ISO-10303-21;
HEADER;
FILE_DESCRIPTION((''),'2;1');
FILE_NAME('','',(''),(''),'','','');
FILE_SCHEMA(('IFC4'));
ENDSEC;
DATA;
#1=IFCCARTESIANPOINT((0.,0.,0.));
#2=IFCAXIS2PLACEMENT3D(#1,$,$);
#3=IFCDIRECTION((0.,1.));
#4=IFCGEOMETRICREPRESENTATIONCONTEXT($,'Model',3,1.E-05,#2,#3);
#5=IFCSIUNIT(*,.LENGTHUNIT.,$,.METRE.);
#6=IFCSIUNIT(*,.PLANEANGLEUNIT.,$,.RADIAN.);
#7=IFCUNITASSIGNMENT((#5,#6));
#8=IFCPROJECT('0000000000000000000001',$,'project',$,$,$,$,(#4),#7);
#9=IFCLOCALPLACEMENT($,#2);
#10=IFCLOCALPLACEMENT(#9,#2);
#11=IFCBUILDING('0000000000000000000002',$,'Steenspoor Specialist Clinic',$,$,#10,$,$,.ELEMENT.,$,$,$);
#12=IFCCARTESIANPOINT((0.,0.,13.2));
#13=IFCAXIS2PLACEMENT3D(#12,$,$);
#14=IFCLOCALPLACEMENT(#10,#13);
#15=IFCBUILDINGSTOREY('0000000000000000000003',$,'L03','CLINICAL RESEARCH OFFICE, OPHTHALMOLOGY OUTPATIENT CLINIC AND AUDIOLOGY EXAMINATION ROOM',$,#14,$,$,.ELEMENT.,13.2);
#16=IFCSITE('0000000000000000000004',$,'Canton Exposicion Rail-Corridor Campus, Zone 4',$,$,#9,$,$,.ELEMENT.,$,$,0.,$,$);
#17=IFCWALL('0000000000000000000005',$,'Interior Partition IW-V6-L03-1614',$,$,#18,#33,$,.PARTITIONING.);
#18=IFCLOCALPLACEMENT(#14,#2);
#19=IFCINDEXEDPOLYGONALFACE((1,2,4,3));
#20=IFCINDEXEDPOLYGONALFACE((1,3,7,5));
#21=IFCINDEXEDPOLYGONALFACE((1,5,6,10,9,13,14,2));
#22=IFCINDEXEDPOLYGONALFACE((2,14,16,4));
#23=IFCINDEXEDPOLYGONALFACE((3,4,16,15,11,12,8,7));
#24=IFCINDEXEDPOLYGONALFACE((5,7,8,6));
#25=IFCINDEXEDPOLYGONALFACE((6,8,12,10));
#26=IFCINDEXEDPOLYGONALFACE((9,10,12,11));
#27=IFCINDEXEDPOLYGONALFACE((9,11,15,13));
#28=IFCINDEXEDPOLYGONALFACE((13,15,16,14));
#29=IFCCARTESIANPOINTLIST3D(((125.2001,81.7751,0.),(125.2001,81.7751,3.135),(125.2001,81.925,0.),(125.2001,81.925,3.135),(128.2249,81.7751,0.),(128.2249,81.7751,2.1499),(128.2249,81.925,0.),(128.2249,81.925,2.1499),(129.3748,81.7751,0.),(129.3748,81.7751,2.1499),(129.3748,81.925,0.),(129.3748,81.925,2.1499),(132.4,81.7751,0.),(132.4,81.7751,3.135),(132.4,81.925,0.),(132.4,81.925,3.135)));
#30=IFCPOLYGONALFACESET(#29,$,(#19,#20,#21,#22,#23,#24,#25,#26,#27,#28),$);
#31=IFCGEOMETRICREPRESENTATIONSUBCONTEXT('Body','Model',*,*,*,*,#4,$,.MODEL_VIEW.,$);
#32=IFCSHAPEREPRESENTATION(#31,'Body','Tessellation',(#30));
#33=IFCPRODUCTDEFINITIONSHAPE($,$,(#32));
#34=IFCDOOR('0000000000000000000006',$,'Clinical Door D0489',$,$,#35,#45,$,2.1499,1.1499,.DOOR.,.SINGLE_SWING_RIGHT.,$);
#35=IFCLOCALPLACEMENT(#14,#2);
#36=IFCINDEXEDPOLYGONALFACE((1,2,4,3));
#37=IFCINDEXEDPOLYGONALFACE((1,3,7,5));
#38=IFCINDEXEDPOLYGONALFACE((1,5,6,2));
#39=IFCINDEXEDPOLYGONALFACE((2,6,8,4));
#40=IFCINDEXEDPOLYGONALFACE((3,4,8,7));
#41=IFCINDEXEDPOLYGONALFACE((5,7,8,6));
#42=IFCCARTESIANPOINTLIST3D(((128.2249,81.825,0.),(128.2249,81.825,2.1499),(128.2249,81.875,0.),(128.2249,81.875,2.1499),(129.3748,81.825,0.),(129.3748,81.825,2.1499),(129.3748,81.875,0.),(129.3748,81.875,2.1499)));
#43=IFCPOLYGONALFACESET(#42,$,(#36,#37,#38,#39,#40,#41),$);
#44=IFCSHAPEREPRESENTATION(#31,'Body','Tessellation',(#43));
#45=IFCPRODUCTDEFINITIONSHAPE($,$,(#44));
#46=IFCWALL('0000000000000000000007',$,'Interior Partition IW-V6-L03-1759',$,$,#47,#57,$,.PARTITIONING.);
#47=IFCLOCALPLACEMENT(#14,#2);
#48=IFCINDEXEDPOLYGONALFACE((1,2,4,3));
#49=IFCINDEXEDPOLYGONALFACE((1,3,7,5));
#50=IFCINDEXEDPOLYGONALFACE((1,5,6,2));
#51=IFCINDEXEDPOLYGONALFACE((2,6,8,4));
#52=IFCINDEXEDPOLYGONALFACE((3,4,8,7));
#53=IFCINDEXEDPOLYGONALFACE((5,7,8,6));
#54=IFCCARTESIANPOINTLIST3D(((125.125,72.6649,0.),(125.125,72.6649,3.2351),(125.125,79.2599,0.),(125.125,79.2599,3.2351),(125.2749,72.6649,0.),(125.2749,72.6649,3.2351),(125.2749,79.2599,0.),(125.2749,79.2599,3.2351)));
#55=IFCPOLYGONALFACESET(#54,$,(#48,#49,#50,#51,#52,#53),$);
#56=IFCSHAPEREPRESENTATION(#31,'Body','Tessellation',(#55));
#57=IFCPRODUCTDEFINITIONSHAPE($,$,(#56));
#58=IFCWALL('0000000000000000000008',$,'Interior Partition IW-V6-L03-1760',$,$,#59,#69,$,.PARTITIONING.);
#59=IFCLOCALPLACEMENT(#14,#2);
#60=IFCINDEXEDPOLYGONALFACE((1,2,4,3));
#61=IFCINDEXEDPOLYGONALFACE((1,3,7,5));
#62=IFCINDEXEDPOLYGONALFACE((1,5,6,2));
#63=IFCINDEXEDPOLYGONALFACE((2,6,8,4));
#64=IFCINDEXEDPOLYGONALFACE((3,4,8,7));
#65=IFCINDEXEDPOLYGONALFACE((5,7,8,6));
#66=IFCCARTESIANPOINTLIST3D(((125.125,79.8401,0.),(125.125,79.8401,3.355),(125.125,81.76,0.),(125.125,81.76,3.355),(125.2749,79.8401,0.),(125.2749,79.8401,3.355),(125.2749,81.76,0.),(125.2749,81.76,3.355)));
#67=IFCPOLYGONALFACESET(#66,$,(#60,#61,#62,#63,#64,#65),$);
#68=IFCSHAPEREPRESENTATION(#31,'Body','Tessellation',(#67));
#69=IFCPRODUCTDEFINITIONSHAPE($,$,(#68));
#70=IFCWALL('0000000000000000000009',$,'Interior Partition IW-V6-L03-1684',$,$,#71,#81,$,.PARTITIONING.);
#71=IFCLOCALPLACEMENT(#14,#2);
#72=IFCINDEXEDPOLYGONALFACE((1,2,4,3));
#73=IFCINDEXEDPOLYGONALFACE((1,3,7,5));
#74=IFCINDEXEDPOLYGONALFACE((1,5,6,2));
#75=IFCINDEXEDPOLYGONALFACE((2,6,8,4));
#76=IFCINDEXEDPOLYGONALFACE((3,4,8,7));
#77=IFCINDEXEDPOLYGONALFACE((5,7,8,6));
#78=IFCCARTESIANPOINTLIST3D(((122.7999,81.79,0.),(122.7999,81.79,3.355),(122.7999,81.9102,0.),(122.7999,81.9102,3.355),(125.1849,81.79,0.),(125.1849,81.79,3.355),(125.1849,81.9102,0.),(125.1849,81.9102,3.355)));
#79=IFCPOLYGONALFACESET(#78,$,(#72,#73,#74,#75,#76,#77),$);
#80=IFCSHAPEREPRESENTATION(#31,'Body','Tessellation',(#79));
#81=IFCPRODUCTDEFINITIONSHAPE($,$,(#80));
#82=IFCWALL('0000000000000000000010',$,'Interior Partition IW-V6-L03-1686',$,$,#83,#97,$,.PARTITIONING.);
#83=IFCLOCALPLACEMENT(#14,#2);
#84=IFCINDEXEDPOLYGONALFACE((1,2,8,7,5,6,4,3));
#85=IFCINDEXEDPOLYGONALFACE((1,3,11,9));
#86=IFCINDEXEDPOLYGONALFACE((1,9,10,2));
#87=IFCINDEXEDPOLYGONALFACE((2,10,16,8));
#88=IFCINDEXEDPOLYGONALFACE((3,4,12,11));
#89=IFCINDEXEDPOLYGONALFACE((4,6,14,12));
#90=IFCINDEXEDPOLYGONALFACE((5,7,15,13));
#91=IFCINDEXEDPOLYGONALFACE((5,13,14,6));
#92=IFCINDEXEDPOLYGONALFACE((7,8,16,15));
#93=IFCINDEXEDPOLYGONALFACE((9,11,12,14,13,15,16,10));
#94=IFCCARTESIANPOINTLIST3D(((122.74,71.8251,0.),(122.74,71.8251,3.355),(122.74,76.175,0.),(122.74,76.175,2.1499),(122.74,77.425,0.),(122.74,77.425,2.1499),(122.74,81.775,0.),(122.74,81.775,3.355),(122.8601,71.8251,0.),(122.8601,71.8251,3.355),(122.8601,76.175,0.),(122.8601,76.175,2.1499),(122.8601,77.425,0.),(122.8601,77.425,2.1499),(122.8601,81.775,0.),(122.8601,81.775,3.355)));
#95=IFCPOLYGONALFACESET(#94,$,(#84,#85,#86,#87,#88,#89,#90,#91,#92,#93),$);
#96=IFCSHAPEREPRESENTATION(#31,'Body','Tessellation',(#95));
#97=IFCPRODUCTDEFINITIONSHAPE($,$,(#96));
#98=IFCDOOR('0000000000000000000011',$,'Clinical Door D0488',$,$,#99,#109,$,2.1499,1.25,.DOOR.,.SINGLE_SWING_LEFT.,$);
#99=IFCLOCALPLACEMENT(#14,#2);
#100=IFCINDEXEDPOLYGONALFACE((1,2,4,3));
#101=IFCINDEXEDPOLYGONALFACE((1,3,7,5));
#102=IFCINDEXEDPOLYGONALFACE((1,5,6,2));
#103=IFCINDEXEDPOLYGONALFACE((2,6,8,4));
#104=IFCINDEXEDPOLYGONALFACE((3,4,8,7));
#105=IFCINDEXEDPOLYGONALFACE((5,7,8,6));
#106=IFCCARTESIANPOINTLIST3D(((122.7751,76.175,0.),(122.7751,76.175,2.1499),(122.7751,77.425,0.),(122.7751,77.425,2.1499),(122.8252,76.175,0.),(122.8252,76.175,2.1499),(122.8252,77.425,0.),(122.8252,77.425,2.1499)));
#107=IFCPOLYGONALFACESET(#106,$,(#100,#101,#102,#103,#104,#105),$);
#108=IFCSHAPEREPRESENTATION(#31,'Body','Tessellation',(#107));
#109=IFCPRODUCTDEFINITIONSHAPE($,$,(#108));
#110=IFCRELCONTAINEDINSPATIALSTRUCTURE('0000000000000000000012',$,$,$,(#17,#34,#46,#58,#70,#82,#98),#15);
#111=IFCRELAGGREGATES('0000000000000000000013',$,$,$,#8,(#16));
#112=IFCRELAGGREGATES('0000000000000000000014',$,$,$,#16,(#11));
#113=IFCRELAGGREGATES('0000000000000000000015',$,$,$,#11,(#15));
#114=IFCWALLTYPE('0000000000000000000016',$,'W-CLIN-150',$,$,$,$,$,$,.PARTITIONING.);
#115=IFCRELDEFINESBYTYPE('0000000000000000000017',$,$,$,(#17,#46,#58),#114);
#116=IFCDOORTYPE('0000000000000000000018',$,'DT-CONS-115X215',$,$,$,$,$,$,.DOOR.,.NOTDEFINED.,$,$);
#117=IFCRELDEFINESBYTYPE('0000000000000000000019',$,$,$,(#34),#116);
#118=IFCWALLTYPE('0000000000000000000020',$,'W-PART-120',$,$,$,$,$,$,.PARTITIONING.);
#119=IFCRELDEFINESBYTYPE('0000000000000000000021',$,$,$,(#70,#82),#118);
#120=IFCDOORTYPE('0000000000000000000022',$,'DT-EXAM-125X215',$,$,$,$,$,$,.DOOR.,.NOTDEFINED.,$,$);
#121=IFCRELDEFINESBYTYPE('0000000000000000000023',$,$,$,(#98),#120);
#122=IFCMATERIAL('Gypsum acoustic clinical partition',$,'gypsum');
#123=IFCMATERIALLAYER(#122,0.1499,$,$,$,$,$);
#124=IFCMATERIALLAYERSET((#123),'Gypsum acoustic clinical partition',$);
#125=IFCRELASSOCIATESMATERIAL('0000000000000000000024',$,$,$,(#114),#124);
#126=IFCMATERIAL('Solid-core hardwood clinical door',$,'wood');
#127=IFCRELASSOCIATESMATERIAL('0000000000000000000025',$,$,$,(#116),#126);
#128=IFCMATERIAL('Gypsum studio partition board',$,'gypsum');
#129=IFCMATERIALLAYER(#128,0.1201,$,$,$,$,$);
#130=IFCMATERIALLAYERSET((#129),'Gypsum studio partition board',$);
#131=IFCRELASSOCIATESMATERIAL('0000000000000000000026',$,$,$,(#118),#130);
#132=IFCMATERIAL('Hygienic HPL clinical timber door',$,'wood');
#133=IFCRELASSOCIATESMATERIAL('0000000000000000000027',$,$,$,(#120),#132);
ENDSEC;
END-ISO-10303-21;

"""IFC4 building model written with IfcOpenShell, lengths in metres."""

from ifc_helpers import new_model, si_unit, direction, frame, frame_2d, origin, place, context, subcontext, project, spatial, rectangle, extrude, material, layer, layer_set, type_object, element, fill, save


model = new_model("IFC4")

# Units and contexts
model_context = context("Model", 3, precision=1e-05, world=origin(), true_north=direction((0.0, 1.0)))
body_context = subcontext(model_context, "Body", "Model", "MODEL_VIEW")
ifc_project = project(units=[si_unit("LENGTHUNIT", "METRE"), si_unit("PLANEANGLEUNIT", "RADIAN")], contexts=[model_context])

# Site, building, storey
site_placement = place(None, origin())
site = spatial("IfcSite", under=ifc_project, at=site_placement, Name="Canton Exposicion Rail-Corridor Campus, Zone 4", CompositionType="ELEMENT", RefElevation=0.0)
building_placement = place(site_placement, origin())
building = spatial("IfcBuilding", under=site, at=building_placement, Name="Steenspoor Specialist Clinic", CompositionType="ELEMENT")
storey_placement = place(building_placement, frame((0.0, 0.0, 13.2)))
storey = spatial("IfcBuildingStorey", under=building, at=storey_placement, Name="L03", Description="CLINICAL RESEARCH OFFICE, OPHTHALMOLOGY OUTPATIENT CLINIC AND AUDIOLOGY EXAMINATION ROOM", CompositionType="ELEMENT", Elevation=13.2)

# Wall, opening, door
ifc_material_1 = material(Name="Gypsum acoustic clinical partition", Category="gypsum")
ifc_layer_1 = layer(ifc_material_1, 0.1499)
ifc_layer_set_1 = layer_set([ifc_layer_1], Name="Gypsum acoustic clinical partition")
wall_type_1 = type_object("IfcWallType", Name="W-CLIN-150", PredefinedType="PARTITIONING", material=ifc_layer_set_1)
wall_1_placement = place(storey_placement, frame((125.2, 81.8501, 0.0), z_axis=(0.0, 0.0, 1.0), x_axis=(1.0, 0.0, 0.0)))
wall_1 = element("IfcWall", 1, at=wall_1_placement, inside=storey, type_object=wall_type_1, Name="Interior Partition IW-V6-L03-1614", PredefinedType="PARTITIONING", context=body_context, shape_type="SweptSolid", body=[
    extrude(rectangle(XDim=7.2, YDim=0.1499, at=frame_2d((3.6001, 0.0))), origin(), (0.0, 0.0, 1.0), 3.135),
])
opening_1_placement = place(wall_1_placement, frame((3.0249, 0.0, 0.0)))
opening_1 = element("IfcOpeningElement", 2, at=opening_1_placement, cuts=wall_1, PredefinedType="OPENING", context=body_context, shape_type="SweptSolid", body=[
    extrude(rectangle(XDim=1.1499, YDim=2.1499, at=frame_2d((0.575, 1.075))), frame((0.0, 0.085, 0.0), z_axis=(0.0, -1.0, 0.0), x_axis=(1.0, 0.0, 0.0)), (0.0, 0.0, 1.0), 0.1699),
])
ifc_material_2 = material(Name="Solid-core hardwood clinical door", Category="wood")
door_type_1 = type_object("IfcDoorType", Name="DT-CONS-115X215", OperationType="NOTDEFINED", PredefinedType="DOOR", material=ifc_material_2)
door_1_placement = place(opening_1_placement, origin())
door_1 = element("IfcDoor", 3, at=door_1_placement, inside=storey, type_object=door_type_1, Name="Clinical Door D0489", OperationType="SINGLE_SWING_RIGHT", OverallHeight=2.1499, OverallWidth=1.1499, PredefinedType="DOOR", context=body_context, shape_type="SweptSolid", body=[
    extrude(rectangle(XDim=1.1499, YDim=2.1499, at=frame_2d((0.575, 1.075))), frame((0.0, 0.0249, 0.0), z_axis=(0.0, -1.0, 0.0), x_axis=(1.0, 0.0, 0.0)), (0.0, 0.0, 1.0), 0.05),
])
fill(opening_1, door_1)

# Walls
wall_2_placement = place(storey_placement, frame((125.2, 72.665, 0.0), z_axis=(0.0, 0.0, 1.0), x_axis=(0.0, 1.0, 0.0)))
element("IfcWall", 4, at=wall_2_placement, inside=storey, type_object=wall_type_1, Name="Interior Partition IW-V6-L03-1759", PredefinedType="PARTITIONING", context=body_context, shape_type="SweptSolid", body=[
    extrude(rectangle(XDim=6.595, YDim=0.1499, at=frame_2d((3.2974, 0.0))), origin(), (0.0, 0.0, 1.0), 3.2351),
])
wall_3_placement = place(storey_placement, frame((125.2, 79.8401, 0.0), z_axis=(0.0, 0.0, 1.0), x_axis=(0.0, 1.0, 0.0)))
element("IfcWall", 5, at=wall_3_placement, inside=storey, type_object=wall_type_1, Name="Interior Partition IW-V6-L03-1760", PredefinedType="PARTITIONING", context=body_context, shape_type="SweptSolid", body=[
    extrude(rectangle(XDim=1.9199, YDim=0.1499, at=frame_2d((0.96, 0.0))), origin(), (0.0, 0.0, 1.0), 3.355),
])
ifc_material_3 = material(Name="Gypsum studio partition board", Category="gypsum")
ifc_layer_2 = layer(ifc_material_3, 0.1201)
ifc_layer_set_2 = layer_set([ifc_layer_2], Name="Gypsum studio partition board")
wall_type_2 = type_object("IfcWallType", Name="W-PART-120", PredefinedType="PARTITIONING", material=ifc_layer_set_2)
wall_4_placement = place(storey_placement, frame((122.8, 81.8501, 0.0), z_axis=(0.0, 0.0, 1.0), x_axis=(1.0, 0.0, 0.0)))
element("IfcWall", 6, at=wall_4_placement, inside=storey, type_object=wall_type_2, Name="Interior Partition IW-V6-L03-1684", PredefinedType="PARTITIONING", context=body_context, shape_type="SweptSolid", body=[
    extrude(rectangle(XDim=2.385, YDim=0.1201, at=frame_2d((1.1924, 0.0))), origin(), (0.0, 0.0, 1.0), 3.355),
])

# Wall, opening, door
wall_5_placement = place(storey_placement, frame((122.8, 71.825, 0.0), z_axis=(0.0, 0.0, 1.0), x_axis=(0.0, 1.0, 0.0)))
wall_5 = element("IfcWall", 7, at=wall_5_placement, inside=storey, type_object=wall_type_2, Name="Interior Partition IW-V6-L03-1686", PredefinedType="PARTITIONING", context=body_context, shape_type="SweptSolid", body=[
    extrude(rectangle(XDim=9.95, YDim=0.1201, at=frame_2d((4.9751, 0.0))), origin(), (0.0, 0.0, 1.0), 3.355),
])
opening_2_placement = place(wall_5_placement, frame((4.3501, 0.0, 0.0)))
opening_2 = element("IfcOpeningElement", 8, at=opening_2_placement, cuts=wall_5, PredefinedType="OPENING", context=body_context, shape_type="SweptSolid", body=[
    extrude(rectangle(XDim=1.25, YDim=2.1499, at=frame_2d((0.625, 1.075))), frame((0.0, 0.0701, 0.0), z_axis=(0.0, -1.0, 0.0), x_axis=(1.0, 0.0, 0.0)), (0.0, 0.0, 1.0), 0.1401),
])
ifc_material_4 = material(Name="Hygienic HPL clinical timber door", Category="wood")
door_type_2 = type_object("IfcDoorType", Name="DT-EXAM-125X215", OperationType="NOTDEFINED", PredefinedType="DOOR", material=ifc_material_4)
door_2_placement = place(opening_2_placement, origin())
door_2 = element("IfcDoor", 9, at=door_2_placement, inside=storey, type_object=door_type_2, Name="Clinical Door D0488", OperationType="SINGLE_SWING_LEFT", OverallHeight=2.1499, OverallWidth=1.25, PredefinedType="DOOR", context=body_context, shape_type="SweptSolid", body=[
    extrude(rectangle(XDim=1.25, YDim=2.1499, at=frame_2d((0.625, 1.075))), frame((0.0, 0.0249, 0.0), z_axis=(0.0, -1.0, 0.0), x_axis=(1.0, 0.0, 0.0)), (0.0, 0.0, 1.0), 0.05),
])
fill(opening_2, door_2)

save(model, "model.ifc")
